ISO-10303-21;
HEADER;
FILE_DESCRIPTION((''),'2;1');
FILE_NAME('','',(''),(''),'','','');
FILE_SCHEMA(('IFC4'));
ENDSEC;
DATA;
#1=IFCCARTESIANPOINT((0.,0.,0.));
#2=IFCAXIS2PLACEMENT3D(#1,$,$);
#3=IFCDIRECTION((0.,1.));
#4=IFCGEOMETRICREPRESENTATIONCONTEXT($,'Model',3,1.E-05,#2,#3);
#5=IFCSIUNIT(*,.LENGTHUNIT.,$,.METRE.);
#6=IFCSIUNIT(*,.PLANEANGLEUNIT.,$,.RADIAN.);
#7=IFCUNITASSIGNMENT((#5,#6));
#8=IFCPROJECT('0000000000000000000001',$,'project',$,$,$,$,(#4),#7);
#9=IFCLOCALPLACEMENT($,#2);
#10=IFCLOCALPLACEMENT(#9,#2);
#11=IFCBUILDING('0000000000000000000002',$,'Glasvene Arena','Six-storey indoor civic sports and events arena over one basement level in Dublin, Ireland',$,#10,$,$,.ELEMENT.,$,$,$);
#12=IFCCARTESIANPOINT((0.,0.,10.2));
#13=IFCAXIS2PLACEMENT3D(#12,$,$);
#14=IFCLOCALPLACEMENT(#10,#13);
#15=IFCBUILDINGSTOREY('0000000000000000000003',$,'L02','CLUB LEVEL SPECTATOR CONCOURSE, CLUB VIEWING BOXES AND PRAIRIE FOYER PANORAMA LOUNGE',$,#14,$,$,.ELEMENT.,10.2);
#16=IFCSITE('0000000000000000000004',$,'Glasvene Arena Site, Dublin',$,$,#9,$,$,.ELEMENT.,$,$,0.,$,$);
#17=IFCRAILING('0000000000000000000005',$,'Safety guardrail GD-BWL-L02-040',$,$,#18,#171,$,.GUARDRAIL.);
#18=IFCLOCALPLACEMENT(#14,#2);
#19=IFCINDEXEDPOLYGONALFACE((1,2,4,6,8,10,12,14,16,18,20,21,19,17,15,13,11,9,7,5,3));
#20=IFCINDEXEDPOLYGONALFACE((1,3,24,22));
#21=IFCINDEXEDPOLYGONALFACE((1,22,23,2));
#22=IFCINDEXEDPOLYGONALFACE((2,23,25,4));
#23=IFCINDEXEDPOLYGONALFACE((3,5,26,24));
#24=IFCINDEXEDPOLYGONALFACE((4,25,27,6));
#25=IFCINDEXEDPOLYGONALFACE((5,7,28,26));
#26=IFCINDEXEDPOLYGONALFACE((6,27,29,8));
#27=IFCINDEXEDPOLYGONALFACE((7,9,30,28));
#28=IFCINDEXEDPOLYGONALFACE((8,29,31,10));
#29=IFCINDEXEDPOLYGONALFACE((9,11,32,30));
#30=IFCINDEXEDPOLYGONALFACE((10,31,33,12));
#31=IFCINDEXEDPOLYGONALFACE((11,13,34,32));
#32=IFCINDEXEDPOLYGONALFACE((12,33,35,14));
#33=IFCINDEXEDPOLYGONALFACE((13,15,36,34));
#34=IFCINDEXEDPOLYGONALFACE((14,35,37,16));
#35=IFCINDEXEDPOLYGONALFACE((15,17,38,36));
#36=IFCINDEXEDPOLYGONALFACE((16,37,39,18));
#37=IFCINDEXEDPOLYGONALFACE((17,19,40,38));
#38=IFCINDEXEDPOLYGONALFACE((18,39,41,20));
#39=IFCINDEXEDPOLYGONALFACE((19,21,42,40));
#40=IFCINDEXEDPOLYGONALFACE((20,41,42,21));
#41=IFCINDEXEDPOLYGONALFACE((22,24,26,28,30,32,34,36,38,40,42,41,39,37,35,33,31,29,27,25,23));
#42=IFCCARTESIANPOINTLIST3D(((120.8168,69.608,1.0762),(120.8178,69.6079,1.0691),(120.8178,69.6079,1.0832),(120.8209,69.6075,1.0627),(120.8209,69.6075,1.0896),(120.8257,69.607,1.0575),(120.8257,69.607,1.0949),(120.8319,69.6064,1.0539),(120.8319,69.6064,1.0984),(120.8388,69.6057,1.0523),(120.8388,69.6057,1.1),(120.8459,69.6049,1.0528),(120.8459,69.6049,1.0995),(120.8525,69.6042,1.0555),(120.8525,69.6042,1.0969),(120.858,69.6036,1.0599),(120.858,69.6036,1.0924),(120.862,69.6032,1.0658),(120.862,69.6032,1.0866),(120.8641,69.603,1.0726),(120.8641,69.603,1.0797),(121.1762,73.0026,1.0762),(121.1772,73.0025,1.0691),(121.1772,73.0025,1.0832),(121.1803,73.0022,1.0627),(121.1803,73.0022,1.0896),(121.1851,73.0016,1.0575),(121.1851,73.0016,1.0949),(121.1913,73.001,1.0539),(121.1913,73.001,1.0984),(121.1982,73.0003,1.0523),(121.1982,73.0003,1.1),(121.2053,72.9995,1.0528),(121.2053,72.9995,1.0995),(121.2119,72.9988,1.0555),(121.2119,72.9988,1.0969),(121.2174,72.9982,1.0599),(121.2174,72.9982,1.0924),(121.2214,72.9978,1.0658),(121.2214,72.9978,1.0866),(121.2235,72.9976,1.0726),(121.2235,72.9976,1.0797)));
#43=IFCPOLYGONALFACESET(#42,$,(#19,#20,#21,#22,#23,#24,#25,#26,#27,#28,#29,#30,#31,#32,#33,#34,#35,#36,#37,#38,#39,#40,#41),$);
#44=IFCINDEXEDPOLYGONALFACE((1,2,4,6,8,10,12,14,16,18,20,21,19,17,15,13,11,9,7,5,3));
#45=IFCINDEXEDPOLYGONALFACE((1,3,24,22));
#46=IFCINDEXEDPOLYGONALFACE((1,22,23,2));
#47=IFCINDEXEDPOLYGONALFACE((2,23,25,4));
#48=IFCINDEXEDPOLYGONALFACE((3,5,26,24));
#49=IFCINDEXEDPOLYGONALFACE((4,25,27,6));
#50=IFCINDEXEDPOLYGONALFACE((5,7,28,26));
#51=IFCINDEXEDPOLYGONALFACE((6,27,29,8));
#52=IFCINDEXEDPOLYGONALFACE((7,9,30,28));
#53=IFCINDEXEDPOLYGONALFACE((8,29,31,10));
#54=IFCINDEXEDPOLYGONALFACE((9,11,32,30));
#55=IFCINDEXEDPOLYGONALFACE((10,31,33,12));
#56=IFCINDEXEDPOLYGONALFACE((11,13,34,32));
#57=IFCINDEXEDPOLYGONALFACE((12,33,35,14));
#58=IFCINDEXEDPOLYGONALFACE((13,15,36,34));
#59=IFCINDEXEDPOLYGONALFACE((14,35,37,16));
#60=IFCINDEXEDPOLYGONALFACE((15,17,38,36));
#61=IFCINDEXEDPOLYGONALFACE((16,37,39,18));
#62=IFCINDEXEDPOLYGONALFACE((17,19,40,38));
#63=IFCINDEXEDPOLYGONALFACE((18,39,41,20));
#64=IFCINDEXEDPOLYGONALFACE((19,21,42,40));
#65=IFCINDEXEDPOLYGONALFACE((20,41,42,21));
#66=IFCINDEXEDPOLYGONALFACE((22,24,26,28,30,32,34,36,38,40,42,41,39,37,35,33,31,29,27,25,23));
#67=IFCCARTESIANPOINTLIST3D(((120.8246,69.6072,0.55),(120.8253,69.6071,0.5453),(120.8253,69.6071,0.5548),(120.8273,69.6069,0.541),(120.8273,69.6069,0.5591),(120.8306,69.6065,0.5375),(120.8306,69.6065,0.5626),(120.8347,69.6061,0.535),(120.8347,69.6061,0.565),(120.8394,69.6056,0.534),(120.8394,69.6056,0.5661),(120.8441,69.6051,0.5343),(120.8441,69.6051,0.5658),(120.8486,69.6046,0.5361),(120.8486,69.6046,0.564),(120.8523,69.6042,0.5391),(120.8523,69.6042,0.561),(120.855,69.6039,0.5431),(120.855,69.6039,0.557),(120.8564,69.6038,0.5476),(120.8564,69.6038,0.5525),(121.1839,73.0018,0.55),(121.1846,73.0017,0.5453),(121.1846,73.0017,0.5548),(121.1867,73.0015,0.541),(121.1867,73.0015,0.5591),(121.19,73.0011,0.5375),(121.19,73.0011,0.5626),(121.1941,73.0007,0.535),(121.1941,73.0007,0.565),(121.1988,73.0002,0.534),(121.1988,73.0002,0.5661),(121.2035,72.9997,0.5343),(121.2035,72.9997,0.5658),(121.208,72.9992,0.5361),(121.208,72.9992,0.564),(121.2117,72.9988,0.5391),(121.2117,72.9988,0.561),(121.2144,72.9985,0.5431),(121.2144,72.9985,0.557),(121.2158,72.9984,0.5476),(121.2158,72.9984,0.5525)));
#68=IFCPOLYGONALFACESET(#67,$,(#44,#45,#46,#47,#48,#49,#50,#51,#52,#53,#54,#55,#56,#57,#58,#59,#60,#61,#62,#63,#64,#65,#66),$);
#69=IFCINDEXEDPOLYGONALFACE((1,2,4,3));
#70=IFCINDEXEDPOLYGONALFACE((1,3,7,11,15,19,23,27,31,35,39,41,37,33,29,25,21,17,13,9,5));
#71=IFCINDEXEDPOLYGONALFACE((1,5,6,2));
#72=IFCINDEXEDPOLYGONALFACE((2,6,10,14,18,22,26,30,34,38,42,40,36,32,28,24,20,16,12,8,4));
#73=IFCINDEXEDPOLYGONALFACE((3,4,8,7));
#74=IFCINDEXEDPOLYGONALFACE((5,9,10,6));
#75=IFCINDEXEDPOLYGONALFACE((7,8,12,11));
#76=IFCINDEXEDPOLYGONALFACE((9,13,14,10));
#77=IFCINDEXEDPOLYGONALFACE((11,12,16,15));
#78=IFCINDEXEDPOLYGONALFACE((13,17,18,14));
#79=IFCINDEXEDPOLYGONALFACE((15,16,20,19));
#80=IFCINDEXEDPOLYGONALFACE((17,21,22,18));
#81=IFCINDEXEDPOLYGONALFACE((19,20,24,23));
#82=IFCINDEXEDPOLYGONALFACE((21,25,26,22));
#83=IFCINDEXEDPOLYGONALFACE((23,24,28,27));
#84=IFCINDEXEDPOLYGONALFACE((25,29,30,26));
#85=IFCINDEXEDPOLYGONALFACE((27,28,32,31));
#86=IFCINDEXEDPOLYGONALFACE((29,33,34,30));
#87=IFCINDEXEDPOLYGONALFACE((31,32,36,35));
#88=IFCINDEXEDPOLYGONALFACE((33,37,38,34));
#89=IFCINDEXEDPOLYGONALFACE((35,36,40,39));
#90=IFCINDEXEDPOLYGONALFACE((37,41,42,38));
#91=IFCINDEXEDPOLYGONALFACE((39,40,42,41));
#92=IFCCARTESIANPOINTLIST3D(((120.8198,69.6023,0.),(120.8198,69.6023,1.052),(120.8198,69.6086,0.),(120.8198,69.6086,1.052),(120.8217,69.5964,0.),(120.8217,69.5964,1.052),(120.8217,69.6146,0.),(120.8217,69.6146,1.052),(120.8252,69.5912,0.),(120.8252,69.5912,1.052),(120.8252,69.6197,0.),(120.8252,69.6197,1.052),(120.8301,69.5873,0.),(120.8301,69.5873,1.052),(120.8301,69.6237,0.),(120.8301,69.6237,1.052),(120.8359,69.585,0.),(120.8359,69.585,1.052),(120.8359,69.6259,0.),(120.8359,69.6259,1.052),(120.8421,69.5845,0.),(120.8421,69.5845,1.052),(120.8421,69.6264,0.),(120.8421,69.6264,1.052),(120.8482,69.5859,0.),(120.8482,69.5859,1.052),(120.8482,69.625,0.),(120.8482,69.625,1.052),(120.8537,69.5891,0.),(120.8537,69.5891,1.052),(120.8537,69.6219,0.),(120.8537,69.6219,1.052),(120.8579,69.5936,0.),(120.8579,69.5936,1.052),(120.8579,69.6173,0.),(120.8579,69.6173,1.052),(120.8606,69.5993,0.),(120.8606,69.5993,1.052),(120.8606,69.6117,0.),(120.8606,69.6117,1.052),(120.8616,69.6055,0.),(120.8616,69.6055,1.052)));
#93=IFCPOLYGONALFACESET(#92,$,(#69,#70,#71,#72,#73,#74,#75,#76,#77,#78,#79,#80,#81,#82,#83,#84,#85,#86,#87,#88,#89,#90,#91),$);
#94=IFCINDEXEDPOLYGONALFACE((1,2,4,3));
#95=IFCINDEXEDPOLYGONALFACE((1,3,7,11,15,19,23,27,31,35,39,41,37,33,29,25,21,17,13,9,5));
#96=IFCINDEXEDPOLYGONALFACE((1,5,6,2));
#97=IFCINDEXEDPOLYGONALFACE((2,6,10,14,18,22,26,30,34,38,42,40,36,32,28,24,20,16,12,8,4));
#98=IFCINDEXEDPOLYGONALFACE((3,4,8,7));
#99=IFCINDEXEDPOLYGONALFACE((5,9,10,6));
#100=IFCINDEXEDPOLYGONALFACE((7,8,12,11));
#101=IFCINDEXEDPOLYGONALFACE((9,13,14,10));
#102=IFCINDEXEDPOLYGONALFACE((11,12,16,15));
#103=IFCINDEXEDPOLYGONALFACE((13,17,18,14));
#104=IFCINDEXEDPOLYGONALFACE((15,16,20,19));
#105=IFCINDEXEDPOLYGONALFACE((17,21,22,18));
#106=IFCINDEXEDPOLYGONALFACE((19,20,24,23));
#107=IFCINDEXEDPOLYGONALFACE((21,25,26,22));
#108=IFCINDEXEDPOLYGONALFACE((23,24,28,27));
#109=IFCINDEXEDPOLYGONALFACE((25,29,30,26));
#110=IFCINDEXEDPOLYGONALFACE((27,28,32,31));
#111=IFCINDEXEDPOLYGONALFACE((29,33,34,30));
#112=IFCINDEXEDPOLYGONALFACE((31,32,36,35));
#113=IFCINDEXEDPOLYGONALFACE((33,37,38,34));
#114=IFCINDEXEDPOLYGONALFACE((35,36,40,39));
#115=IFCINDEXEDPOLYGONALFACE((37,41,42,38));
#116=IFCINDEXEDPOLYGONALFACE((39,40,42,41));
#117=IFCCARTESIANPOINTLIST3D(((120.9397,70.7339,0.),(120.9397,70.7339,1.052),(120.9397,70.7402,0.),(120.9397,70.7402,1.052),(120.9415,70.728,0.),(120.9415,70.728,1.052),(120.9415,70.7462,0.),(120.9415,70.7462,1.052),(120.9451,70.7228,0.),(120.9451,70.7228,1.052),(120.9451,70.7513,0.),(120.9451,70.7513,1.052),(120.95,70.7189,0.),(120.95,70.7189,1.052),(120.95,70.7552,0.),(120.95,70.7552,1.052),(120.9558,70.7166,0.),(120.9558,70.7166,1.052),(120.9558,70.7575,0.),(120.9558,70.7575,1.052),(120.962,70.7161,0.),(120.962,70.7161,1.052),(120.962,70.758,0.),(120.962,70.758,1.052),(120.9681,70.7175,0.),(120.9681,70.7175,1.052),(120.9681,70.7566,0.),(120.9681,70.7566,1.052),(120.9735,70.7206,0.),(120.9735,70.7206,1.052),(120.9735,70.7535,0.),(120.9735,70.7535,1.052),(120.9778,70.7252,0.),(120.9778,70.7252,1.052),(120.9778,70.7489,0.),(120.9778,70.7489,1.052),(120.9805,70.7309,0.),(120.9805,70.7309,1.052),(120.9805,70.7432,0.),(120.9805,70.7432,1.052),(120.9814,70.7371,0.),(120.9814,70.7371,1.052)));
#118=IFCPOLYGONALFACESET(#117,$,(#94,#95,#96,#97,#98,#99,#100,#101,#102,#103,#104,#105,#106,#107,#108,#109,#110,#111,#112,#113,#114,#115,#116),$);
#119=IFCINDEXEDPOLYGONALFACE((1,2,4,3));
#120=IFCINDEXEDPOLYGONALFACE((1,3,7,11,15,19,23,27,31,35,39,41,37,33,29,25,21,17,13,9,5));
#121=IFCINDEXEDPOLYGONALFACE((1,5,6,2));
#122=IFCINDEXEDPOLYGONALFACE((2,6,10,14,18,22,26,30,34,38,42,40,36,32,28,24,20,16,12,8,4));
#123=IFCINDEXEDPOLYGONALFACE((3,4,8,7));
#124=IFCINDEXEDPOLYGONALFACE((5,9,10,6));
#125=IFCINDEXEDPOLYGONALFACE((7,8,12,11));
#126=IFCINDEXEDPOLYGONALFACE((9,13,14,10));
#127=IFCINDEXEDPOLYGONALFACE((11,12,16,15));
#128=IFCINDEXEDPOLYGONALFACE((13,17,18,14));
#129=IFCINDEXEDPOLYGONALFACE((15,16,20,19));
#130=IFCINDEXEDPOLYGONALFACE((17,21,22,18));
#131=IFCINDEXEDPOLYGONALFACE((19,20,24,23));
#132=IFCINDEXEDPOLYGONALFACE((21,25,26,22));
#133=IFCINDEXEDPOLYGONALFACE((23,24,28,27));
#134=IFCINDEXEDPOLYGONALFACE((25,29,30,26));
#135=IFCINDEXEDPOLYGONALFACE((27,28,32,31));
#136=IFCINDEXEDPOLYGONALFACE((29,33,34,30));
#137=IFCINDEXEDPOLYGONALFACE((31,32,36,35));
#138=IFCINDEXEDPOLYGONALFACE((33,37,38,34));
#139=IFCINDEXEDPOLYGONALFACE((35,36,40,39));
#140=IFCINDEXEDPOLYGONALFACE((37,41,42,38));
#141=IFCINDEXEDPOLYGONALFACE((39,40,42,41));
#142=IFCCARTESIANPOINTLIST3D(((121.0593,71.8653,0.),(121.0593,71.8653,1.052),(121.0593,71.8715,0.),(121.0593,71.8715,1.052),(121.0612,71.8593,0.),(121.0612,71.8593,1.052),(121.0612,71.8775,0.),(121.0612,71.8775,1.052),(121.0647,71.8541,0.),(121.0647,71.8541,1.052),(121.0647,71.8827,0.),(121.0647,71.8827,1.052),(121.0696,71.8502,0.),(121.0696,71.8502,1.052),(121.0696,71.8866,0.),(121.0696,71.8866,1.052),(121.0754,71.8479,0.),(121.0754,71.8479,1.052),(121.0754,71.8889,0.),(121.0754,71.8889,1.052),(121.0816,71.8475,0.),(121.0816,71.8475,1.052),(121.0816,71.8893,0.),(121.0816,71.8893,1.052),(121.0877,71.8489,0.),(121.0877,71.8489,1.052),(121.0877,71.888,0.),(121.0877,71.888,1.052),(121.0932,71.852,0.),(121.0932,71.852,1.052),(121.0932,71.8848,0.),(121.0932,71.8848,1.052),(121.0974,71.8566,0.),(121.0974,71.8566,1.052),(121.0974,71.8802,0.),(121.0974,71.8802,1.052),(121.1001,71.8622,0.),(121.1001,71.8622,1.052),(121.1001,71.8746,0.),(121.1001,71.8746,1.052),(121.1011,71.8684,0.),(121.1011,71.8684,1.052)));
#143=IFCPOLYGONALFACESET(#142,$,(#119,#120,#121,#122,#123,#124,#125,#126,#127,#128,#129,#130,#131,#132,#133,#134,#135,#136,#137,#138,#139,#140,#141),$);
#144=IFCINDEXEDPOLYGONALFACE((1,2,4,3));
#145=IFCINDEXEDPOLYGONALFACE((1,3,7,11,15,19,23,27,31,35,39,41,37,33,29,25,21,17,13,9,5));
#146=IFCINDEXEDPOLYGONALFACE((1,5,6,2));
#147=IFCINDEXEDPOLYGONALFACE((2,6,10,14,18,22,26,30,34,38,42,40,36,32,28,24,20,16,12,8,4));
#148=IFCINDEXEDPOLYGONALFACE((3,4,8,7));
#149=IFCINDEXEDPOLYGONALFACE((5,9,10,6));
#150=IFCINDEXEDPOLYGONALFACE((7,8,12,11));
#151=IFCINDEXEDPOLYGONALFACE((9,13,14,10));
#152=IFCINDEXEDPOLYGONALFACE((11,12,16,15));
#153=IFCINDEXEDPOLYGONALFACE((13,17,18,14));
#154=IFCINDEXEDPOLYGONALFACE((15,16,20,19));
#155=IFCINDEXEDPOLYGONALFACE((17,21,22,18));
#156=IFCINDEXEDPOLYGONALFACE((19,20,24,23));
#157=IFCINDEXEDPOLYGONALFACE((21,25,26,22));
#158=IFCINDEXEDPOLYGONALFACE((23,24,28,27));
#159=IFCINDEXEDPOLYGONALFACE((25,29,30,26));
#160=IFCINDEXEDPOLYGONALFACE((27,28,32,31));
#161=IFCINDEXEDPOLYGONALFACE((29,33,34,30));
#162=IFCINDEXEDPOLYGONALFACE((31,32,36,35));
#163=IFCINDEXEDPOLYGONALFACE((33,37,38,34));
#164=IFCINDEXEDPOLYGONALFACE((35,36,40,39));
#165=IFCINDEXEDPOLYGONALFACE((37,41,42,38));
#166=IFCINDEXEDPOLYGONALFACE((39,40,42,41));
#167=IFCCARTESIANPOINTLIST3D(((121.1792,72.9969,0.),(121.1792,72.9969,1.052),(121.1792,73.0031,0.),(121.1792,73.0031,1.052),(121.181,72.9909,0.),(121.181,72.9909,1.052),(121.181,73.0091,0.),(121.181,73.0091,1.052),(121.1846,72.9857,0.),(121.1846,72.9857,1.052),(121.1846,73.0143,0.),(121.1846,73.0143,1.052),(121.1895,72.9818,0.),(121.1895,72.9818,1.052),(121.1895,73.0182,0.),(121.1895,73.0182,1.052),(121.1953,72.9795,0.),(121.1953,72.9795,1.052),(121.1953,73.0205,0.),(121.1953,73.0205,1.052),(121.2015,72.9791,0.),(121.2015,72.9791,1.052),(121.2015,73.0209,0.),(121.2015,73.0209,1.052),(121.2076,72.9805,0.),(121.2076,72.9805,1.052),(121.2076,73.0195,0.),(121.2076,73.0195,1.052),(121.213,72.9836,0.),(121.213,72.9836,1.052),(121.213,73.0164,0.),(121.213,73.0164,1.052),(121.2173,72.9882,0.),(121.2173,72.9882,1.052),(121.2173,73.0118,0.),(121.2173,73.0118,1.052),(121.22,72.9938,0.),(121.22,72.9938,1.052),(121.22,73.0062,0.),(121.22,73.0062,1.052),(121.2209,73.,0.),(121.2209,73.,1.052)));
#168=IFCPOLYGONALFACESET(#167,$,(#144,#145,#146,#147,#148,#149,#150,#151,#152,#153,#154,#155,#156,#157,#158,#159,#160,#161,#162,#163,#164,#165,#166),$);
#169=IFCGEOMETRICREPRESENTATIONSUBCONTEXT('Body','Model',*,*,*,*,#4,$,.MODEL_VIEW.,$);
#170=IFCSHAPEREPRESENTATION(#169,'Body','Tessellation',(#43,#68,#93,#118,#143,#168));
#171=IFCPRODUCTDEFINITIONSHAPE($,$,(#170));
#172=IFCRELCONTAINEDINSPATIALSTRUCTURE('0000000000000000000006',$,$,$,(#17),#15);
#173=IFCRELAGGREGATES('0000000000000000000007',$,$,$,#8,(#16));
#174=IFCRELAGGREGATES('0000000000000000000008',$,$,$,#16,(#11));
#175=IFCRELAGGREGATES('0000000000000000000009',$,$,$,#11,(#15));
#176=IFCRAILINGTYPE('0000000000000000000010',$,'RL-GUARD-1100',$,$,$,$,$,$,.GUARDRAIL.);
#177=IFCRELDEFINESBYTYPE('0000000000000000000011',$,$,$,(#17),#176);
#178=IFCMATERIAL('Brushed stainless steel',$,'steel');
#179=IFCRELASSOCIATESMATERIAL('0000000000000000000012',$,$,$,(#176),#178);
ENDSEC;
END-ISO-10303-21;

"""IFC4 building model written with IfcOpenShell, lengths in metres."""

from ifc_helpers import new_model, si_unit, direction, frame, origin, origin_2d, place, context, subcontext, project, spatial, circle, extrude, material, type_object, element, save


model = new_model("IFC4")

# Units and contexts
model_context = context("Model", 3, precision=1e-05, world=origin(), true_north=direction((0.0, 1.0)))
body_context = subcontext(model_context, "Body", "Model", "MODEL_VIEW")
ifc_project = project(units=[si_unit("LENGTHUNIT", "METRE"), si_unit("PLANEANGLEUNIT", "RADIAN")], contexts=[model_context])

# Site, building, storey
site_placement = place(None, origin())
site = spatial("IfcSite", under=ifc_project, at=site_placement, Name="Glasvene Arena Site, Dublin", CompositionType="ELEMENT", RefElevation=0.0)
building_placement = place(site_placement, origin())
building = spatial("IfcBuilding", under=site, at=building_placement, Name="Glasvene Arena", Description="Six-storey indoor civic sports and events arena over one basement level in Dublin, Ireland", CompositionType="ELEMENT")
storey_placement = place(building_placement, frame((0.0, 0.0, 10.2)))
storey = spatial("IfcBuildingStorey", under=building, at=storey_placement, Name="L02", Description="CLUB LEVEL SPECTATOR CONCOURSE, CLUB VIEWING BOXES AND PRAIRIE FOYER PANORAMA LOUNGE", CompositionType="ELEMENT", Elevation=10.2)

# Railing
ifc_material_1 = material(Name="Brushed stainless steel", Category="steel")
railing_type_1 = type_object("IfcRailingType", Name="RL-GUARD-1100", PredefinedType="GUARDRAIL", material=ifc_material_1)
railing_1_placement = place(storey_placement, frame((120.8406, 69.6055, 0.0)))
element("IfcRailing", 1, at=railing_1_placement, inside=storey, type_object=railing_type_1, Name="Safety guardrail GD-BWL-L02-040", PredefinedType="GUARDRAIL", context=body_context, shape_type="SweptSolid", body=[
    extrude(circle(Radius=0.0239, at=origin_2d()), frame((0.0, 0.0, 1.0762), z_axis=(0.10528, 0.994443, 0.0), x_axis=(-0.994443, 0.10528, 0.0)), (0.0, 0.0, 1.0), 3.4136),
    extrude(circle(Radius=0.0161, at=origin_2d()), frame((0.0, 0.0, 0.55), z_axis=(0.10528, 0.994443, 0.0), x_axis=(-0.994443, 0.10528, 0.0)), (0.0, 0.0, 1.0), 3.4136),
    extrude(circle(Radius=0.021, at=origin_2d()), origin(), (0.0, 0.0, 1.0), 1.052),
    extrude(circle(Radius=0.021, at=origin_2d()), frame((0.1199, 1.1316, 0.0)), (0.0, 0.0, 1.0), 1.052),
    extrude(circle(Radius=0.021, at=origin_2d()), frame((0.2395, 2.2629, 0.0)), (0.0, 0.0, 1.0), 1.052),
    extrude(circle(Radius=0.021, at=origin_2d()), frame((0.3594, 3.3945, 0.0)), (0.0, 0.0, 1.0), 1.052),
])

save(model, "model.ifc")
